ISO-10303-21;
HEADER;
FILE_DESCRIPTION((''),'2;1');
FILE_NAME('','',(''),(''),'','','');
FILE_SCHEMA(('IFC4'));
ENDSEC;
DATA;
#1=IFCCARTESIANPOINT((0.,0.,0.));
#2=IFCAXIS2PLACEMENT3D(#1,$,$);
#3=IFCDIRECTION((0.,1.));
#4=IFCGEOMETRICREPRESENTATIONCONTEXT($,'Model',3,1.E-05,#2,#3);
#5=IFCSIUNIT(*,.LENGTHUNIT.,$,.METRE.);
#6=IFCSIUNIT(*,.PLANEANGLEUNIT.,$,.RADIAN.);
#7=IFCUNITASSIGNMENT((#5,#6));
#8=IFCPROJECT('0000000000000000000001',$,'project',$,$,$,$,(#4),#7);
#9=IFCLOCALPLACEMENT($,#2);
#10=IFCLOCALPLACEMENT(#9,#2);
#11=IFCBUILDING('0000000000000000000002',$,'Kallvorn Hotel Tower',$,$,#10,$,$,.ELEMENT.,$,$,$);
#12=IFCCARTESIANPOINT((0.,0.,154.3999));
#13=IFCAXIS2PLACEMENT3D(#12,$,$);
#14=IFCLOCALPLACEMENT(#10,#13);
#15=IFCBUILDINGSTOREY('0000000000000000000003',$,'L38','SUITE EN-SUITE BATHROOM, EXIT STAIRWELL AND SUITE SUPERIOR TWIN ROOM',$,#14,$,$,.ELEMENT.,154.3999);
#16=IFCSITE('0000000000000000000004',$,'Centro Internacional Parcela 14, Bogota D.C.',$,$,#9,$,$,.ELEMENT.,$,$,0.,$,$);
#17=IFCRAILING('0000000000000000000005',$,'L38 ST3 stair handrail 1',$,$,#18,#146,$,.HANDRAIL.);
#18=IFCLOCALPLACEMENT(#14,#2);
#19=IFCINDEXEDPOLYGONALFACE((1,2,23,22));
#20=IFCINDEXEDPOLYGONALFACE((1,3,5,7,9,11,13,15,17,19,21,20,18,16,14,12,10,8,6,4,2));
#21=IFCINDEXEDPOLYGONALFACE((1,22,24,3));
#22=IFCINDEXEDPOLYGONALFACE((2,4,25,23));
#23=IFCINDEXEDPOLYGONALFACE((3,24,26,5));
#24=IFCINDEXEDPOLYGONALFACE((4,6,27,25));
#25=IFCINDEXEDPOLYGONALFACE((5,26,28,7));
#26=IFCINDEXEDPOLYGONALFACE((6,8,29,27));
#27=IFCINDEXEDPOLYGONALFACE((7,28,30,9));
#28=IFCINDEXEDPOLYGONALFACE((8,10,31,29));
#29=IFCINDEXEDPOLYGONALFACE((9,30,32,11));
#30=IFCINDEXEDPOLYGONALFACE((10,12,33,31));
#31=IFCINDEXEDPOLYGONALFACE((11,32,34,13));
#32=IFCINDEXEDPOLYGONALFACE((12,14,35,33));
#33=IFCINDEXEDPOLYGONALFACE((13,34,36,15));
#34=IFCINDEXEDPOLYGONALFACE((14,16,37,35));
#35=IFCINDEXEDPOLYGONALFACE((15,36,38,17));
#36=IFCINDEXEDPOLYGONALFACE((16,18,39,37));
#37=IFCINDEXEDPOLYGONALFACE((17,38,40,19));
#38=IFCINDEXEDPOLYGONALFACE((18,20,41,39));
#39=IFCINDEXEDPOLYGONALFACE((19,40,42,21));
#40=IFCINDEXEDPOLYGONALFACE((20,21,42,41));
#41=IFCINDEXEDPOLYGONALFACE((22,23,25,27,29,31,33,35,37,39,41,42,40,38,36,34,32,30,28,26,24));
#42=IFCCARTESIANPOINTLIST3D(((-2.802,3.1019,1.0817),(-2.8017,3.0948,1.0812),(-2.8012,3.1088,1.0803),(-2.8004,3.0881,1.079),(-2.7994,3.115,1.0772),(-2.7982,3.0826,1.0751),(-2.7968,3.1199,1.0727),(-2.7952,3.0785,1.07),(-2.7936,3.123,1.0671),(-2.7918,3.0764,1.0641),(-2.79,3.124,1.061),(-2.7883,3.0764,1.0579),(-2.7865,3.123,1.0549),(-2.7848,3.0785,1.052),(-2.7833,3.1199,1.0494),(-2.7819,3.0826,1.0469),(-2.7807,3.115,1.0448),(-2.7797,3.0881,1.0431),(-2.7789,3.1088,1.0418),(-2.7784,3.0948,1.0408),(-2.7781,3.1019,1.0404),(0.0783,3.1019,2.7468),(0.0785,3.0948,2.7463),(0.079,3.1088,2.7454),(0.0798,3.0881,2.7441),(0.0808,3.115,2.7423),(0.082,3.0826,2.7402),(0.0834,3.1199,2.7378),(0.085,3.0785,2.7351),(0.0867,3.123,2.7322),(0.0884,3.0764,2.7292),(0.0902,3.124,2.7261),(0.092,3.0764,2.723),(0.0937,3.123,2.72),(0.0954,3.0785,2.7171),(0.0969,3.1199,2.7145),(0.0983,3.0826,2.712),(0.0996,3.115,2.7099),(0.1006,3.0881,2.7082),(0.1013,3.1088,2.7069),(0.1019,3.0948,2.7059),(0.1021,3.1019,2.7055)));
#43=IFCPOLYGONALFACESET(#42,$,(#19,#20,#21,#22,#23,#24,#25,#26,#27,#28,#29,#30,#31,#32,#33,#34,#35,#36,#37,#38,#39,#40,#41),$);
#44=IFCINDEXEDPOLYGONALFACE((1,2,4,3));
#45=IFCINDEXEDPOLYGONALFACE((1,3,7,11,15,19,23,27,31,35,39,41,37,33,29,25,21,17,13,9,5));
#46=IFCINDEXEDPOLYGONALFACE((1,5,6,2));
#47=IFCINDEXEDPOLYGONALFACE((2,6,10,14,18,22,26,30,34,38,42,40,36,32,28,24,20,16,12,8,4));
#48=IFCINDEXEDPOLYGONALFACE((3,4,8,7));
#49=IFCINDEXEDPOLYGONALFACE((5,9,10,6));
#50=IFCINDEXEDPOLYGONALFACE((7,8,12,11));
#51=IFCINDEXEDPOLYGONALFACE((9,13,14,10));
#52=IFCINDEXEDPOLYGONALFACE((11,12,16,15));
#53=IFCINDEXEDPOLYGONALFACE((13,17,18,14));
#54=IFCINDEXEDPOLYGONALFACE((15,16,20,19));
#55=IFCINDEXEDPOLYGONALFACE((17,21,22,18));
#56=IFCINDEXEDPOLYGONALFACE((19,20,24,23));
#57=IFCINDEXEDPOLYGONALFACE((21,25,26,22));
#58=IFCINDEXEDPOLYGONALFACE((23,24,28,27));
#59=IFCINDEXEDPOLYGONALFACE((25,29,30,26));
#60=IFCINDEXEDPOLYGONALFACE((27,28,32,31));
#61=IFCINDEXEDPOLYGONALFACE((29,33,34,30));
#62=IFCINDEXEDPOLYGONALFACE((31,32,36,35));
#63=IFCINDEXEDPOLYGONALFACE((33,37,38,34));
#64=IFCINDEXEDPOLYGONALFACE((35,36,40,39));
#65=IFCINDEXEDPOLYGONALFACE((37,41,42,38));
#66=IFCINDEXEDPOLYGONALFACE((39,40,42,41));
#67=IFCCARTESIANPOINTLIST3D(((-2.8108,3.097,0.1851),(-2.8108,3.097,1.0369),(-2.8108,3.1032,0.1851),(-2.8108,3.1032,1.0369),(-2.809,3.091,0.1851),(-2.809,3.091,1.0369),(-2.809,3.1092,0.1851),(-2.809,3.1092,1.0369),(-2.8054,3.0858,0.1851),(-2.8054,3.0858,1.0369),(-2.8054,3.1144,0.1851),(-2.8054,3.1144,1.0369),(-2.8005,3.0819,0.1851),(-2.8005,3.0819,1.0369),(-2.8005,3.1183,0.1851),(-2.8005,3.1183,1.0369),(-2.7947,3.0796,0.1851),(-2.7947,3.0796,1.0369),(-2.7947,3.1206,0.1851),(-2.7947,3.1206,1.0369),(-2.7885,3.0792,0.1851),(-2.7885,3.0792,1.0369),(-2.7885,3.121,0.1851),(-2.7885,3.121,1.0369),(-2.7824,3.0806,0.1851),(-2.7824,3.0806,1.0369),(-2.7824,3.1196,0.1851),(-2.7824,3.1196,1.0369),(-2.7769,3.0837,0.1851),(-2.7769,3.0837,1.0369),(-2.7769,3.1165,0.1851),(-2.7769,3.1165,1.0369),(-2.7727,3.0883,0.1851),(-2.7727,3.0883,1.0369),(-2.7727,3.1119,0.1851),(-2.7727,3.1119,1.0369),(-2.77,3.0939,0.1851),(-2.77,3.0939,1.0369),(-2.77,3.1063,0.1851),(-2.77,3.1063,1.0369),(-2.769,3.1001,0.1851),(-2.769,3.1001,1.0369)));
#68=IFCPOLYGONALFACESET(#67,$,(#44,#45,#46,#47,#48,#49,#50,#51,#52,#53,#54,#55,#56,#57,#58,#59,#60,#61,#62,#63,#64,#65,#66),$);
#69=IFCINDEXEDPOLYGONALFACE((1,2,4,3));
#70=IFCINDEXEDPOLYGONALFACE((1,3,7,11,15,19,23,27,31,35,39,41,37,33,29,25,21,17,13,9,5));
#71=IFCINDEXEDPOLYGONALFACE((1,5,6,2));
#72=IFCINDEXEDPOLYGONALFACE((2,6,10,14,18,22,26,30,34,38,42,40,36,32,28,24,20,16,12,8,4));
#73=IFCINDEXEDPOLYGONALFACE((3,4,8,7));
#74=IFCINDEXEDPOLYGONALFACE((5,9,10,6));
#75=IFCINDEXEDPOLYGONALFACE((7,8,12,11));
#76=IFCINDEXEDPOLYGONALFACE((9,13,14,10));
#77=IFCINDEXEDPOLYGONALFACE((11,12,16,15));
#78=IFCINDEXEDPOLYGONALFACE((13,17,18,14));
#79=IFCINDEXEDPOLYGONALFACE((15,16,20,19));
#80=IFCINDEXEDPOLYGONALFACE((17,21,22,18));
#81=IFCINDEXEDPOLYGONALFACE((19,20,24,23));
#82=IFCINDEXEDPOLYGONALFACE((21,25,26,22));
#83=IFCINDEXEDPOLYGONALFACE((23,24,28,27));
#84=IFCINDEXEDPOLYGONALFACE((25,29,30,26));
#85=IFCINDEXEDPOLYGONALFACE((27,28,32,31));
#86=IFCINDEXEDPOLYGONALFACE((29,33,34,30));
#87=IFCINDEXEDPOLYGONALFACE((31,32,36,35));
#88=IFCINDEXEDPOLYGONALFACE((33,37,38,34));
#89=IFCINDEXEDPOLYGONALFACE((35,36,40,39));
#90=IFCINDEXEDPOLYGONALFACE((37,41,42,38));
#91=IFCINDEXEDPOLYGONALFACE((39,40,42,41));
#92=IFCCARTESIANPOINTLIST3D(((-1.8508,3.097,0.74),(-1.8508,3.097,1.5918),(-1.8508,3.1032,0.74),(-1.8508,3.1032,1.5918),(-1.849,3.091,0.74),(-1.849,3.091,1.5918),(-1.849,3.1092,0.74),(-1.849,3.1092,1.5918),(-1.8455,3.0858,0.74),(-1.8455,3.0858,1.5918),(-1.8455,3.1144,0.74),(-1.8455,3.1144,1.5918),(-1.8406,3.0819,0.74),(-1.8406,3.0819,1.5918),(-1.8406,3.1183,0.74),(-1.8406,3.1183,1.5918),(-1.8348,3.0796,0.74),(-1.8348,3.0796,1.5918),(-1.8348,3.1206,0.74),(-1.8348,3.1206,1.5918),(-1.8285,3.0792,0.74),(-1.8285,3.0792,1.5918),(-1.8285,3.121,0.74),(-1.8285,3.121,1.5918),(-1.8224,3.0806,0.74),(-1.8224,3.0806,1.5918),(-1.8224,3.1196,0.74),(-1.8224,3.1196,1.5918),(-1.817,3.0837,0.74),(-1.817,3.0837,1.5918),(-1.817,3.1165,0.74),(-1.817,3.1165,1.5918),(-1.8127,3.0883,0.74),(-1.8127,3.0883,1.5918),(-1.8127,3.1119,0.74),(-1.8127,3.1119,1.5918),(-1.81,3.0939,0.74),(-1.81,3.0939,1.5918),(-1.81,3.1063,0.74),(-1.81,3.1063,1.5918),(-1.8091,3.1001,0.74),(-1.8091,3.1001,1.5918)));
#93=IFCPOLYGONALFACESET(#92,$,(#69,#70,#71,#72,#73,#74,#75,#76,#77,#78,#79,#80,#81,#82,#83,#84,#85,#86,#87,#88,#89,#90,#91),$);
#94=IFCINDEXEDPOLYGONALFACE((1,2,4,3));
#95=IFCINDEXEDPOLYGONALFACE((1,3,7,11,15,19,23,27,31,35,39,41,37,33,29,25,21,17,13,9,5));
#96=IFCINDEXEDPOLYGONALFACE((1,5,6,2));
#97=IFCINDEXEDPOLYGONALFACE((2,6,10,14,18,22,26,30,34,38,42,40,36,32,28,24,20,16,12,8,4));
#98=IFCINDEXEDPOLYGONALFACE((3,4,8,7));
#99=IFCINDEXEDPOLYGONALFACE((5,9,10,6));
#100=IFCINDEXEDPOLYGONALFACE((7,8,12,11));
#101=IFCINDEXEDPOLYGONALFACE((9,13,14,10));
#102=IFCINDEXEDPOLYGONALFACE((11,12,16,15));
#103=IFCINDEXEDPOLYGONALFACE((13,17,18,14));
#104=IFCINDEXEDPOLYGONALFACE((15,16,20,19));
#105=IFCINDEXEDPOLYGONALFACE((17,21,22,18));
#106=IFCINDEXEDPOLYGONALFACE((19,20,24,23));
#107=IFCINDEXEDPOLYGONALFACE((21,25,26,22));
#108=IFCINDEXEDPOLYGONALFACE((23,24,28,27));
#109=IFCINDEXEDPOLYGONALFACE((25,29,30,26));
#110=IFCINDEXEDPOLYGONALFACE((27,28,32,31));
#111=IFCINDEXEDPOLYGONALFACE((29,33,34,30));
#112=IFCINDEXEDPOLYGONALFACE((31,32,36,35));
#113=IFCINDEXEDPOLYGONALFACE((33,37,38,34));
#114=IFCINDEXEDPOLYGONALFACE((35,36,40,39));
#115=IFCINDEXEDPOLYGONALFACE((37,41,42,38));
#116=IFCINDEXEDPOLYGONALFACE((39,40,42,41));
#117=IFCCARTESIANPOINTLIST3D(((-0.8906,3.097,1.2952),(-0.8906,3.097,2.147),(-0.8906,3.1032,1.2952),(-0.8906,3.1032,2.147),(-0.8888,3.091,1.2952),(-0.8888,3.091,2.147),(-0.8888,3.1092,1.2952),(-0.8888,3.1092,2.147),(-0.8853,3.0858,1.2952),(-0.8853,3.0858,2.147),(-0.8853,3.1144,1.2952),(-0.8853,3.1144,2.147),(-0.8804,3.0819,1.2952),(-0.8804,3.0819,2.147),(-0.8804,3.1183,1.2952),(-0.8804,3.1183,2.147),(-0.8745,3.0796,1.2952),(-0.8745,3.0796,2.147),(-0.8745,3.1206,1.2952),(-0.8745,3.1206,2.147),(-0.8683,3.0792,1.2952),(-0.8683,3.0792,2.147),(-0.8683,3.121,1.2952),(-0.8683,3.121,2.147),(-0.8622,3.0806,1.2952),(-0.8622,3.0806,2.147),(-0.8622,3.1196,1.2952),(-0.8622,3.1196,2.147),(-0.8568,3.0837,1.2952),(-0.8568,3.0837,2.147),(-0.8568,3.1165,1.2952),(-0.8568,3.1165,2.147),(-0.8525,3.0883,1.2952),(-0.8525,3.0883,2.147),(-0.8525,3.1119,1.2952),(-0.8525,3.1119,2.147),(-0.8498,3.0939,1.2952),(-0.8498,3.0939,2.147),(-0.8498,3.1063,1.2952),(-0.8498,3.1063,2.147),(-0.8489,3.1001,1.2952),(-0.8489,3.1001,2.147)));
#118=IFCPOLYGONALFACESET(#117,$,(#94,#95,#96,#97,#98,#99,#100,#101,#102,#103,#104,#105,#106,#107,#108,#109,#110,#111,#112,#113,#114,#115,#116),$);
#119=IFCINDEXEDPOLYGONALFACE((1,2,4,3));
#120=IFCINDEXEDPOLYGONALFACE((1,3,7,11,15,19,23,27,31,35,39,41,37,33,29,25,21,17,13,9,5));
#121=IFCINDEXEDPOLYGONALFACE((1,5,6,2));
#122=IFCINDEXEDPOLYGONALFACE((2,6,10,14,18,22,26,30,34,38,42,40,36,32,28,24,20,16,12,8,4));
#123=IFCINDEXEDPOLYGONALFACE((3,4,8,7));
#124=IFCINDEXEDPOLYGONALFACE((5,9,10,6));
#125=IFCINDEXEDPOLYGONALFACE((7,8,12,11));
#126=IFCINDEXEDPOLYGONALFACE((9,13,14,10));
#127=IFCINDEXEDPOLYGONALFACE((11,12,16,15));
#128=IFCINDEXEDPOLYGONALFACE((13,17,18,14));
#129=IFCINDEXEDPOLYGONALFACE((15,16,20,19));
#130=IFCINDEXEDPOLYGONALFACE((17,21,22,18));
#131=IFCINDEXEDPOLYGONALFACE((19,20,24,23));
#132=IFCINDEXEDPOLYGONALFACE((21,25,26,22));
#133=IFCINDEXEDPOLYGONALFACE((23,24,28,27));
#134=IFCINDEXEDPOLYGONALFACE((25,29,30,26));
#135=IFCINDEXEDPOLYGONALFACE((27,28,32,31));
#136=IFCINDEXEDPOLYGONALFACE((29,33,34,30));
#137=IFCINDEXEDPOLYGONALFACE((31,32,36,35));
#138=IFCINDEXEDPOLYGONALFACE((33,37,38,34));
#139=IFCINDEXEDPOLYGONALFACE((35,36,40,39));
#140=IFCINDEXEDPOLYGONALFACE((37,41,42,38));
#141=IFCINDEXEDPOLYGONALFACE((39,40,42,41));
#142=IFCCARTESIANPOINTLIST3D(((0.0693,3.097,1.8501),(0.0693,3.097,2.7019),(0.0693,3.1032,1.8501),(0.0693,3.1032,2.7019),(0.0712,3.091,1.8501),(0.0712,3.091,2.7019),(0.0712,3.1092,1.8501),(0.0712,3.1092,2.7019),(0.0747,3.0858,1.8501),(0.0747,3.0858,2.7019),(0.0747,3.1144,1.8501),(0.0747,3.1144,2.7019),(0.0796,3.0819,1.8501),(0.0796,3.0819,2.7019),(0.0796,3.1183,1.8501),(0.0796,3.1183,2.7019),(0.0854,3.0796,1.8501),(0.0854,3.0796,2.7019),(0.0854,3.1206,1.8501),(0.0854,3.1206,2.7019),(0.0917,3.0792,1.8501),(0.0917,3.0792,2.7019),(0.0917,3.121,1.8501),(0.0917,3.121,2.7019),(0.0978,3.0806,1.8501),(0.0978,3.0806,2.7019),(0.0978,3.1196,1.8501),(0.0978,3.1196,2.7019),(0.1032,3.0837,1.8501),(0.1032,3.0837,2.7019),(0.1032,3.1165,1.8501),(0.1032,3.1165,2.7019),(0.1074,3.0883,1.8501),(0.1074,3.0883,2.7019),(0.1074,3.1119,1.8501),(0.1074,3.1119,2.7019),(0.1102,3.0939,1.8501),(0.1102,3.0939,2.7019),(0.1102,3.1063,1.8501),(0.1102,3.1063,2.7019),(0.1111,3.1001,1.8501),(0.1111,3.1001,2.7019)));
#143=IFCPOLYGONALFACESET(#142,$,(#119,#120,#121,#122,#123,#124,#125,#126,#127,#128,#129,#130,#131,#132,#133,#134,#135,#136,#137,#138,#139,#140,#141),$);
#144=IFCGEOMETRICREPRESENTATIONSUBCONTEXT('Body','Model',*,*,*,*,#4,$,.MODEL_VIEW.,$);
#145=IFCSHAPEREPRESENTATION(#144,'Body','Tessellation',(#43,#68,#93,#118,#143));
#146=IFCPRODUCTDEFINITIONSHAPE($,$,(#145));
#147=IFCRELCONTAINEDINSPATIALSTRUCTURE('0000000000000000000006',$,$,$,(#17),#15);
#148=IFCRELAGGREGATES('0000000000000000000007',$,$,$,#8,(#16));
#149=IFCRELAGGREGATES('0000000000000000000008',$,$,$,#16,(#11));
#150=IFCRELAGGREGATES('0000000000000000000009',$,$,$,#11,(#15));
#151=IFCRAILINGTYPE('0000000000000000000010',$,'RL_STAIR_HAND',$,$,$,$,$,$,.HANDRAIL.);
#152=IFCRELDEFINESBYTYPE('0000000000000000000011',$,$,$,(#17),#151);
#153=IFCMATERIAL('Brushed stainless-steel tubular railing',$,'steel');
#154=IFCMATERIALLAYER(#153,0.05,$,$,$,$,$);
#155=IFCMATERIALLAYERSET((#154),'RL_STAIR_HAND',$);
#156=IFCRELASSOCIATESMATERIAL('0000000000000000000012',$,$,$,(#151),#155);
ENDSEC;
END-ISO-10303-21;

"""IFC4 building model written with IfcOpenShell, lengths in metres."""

from ifc_helpers import new_model, si_unit, direction, frame, origin, origin_2d, place, context, subcontext, project, spatial, circle, extrude, material, layer, layer_set, type_object, element, save


model = new_model("IFC4")

# Units and contexts
model_context = context("Model", 3, precision=1e-05, world=origin(), true_north=direction((0.0, 1.0)))
body_context = subcontext(model_context, "Body", "Model", "MODEL_VIEW")
ifc_project = project(units=[si_unit("LENGTHUNIT", "METRE"), si_unit("PLANEANGLEUNIT", "RADIAN")], contexts=[model_context])

# Site, building, storey
site_placement = place(None, origin())
site = spatial("IfcSite", under=ifc_project, at=site_placement, Name="Centro Internacional Parcela 14, Bogota D.C.", CompositionType="ELEMENT", RefElevation=0.0)
building_placement = place(site_placement, origin())
building = spatial("IfcBuilding", under=site, at=building_placement, Name="Kallvorn Hotel Tower", CompositionType="ELEMENT")
storey_placement = place(building_placement, frame((0.0, 0.0, 154.3999)))
storey = spatial("IfcBuildingStorey", under=building, at=storey_placement, Name="L38", Description="SUITE EN-SUITE BATHROOM, EXIT STAIRWELL AND SUITE SUPERIOR TWIN ROOM", CompositionType="ELEMENT", Elevation=154.3999)

# Railing
ifc_material_1 = material(Name="Brushed stainless-steel tubular railing", Category="steel")
ifc_layer_1 = layer(ifc_material_1, 0.05)
ifc_layer_set_1 = layer_set([ifc_layer_1], Name="RL_STAIR_HAND")
railing_type_1 = type_object("IfcRailingType", Name="RL_STAIR_HAND", PredefinedType="HANDRAIL", material=ifc_layer_set_1)
railing_1_placement = place(storey_placement, frame((-2.79, 3.1001, 0.1851)))
element("IfcRailing", 1, at=railing_1_placement, inside=storey, type_object=railing_type_1, Name="L38 ST3 stair handrail 1", PredefinedType="HANDRAIL", context=body_context, shape_type="SweptSolid", body=[
    extrude(circle(Radius=0.0239, at=origin_2d()), frame((0.0, 0.0, 0.876), z_axis=(0.865739, 0.0, 0.500495), x_axis=(0.0, 1.0, 0.0)), (0.0, 0.0, 1.0), 3.3269),
    extrude(circle(Radius=0.021, at=origin_2d()), origin(), (0.0, 0.0, 1.0), 0.8518),
    extrude(circle(Radius=0.021, at=origin_2d()), frame((0.96, 0.0, 0.5549)), (0.0, 0.0, 1.0), 0.8518),
    extrude(circle(Radius=0.021, at=origin_2d()), frame((1.9202, 0.0, 1.1101)), (0.0, 0.0, 1.0), 0.8518),
    extrude(circle(Radius=0.021, at=origin_2d()), frame((2.8801, 0.0, 1.665)), (0.0, 0.0, 1.0), 0.8518),
])

save(model, "model.ifc")
